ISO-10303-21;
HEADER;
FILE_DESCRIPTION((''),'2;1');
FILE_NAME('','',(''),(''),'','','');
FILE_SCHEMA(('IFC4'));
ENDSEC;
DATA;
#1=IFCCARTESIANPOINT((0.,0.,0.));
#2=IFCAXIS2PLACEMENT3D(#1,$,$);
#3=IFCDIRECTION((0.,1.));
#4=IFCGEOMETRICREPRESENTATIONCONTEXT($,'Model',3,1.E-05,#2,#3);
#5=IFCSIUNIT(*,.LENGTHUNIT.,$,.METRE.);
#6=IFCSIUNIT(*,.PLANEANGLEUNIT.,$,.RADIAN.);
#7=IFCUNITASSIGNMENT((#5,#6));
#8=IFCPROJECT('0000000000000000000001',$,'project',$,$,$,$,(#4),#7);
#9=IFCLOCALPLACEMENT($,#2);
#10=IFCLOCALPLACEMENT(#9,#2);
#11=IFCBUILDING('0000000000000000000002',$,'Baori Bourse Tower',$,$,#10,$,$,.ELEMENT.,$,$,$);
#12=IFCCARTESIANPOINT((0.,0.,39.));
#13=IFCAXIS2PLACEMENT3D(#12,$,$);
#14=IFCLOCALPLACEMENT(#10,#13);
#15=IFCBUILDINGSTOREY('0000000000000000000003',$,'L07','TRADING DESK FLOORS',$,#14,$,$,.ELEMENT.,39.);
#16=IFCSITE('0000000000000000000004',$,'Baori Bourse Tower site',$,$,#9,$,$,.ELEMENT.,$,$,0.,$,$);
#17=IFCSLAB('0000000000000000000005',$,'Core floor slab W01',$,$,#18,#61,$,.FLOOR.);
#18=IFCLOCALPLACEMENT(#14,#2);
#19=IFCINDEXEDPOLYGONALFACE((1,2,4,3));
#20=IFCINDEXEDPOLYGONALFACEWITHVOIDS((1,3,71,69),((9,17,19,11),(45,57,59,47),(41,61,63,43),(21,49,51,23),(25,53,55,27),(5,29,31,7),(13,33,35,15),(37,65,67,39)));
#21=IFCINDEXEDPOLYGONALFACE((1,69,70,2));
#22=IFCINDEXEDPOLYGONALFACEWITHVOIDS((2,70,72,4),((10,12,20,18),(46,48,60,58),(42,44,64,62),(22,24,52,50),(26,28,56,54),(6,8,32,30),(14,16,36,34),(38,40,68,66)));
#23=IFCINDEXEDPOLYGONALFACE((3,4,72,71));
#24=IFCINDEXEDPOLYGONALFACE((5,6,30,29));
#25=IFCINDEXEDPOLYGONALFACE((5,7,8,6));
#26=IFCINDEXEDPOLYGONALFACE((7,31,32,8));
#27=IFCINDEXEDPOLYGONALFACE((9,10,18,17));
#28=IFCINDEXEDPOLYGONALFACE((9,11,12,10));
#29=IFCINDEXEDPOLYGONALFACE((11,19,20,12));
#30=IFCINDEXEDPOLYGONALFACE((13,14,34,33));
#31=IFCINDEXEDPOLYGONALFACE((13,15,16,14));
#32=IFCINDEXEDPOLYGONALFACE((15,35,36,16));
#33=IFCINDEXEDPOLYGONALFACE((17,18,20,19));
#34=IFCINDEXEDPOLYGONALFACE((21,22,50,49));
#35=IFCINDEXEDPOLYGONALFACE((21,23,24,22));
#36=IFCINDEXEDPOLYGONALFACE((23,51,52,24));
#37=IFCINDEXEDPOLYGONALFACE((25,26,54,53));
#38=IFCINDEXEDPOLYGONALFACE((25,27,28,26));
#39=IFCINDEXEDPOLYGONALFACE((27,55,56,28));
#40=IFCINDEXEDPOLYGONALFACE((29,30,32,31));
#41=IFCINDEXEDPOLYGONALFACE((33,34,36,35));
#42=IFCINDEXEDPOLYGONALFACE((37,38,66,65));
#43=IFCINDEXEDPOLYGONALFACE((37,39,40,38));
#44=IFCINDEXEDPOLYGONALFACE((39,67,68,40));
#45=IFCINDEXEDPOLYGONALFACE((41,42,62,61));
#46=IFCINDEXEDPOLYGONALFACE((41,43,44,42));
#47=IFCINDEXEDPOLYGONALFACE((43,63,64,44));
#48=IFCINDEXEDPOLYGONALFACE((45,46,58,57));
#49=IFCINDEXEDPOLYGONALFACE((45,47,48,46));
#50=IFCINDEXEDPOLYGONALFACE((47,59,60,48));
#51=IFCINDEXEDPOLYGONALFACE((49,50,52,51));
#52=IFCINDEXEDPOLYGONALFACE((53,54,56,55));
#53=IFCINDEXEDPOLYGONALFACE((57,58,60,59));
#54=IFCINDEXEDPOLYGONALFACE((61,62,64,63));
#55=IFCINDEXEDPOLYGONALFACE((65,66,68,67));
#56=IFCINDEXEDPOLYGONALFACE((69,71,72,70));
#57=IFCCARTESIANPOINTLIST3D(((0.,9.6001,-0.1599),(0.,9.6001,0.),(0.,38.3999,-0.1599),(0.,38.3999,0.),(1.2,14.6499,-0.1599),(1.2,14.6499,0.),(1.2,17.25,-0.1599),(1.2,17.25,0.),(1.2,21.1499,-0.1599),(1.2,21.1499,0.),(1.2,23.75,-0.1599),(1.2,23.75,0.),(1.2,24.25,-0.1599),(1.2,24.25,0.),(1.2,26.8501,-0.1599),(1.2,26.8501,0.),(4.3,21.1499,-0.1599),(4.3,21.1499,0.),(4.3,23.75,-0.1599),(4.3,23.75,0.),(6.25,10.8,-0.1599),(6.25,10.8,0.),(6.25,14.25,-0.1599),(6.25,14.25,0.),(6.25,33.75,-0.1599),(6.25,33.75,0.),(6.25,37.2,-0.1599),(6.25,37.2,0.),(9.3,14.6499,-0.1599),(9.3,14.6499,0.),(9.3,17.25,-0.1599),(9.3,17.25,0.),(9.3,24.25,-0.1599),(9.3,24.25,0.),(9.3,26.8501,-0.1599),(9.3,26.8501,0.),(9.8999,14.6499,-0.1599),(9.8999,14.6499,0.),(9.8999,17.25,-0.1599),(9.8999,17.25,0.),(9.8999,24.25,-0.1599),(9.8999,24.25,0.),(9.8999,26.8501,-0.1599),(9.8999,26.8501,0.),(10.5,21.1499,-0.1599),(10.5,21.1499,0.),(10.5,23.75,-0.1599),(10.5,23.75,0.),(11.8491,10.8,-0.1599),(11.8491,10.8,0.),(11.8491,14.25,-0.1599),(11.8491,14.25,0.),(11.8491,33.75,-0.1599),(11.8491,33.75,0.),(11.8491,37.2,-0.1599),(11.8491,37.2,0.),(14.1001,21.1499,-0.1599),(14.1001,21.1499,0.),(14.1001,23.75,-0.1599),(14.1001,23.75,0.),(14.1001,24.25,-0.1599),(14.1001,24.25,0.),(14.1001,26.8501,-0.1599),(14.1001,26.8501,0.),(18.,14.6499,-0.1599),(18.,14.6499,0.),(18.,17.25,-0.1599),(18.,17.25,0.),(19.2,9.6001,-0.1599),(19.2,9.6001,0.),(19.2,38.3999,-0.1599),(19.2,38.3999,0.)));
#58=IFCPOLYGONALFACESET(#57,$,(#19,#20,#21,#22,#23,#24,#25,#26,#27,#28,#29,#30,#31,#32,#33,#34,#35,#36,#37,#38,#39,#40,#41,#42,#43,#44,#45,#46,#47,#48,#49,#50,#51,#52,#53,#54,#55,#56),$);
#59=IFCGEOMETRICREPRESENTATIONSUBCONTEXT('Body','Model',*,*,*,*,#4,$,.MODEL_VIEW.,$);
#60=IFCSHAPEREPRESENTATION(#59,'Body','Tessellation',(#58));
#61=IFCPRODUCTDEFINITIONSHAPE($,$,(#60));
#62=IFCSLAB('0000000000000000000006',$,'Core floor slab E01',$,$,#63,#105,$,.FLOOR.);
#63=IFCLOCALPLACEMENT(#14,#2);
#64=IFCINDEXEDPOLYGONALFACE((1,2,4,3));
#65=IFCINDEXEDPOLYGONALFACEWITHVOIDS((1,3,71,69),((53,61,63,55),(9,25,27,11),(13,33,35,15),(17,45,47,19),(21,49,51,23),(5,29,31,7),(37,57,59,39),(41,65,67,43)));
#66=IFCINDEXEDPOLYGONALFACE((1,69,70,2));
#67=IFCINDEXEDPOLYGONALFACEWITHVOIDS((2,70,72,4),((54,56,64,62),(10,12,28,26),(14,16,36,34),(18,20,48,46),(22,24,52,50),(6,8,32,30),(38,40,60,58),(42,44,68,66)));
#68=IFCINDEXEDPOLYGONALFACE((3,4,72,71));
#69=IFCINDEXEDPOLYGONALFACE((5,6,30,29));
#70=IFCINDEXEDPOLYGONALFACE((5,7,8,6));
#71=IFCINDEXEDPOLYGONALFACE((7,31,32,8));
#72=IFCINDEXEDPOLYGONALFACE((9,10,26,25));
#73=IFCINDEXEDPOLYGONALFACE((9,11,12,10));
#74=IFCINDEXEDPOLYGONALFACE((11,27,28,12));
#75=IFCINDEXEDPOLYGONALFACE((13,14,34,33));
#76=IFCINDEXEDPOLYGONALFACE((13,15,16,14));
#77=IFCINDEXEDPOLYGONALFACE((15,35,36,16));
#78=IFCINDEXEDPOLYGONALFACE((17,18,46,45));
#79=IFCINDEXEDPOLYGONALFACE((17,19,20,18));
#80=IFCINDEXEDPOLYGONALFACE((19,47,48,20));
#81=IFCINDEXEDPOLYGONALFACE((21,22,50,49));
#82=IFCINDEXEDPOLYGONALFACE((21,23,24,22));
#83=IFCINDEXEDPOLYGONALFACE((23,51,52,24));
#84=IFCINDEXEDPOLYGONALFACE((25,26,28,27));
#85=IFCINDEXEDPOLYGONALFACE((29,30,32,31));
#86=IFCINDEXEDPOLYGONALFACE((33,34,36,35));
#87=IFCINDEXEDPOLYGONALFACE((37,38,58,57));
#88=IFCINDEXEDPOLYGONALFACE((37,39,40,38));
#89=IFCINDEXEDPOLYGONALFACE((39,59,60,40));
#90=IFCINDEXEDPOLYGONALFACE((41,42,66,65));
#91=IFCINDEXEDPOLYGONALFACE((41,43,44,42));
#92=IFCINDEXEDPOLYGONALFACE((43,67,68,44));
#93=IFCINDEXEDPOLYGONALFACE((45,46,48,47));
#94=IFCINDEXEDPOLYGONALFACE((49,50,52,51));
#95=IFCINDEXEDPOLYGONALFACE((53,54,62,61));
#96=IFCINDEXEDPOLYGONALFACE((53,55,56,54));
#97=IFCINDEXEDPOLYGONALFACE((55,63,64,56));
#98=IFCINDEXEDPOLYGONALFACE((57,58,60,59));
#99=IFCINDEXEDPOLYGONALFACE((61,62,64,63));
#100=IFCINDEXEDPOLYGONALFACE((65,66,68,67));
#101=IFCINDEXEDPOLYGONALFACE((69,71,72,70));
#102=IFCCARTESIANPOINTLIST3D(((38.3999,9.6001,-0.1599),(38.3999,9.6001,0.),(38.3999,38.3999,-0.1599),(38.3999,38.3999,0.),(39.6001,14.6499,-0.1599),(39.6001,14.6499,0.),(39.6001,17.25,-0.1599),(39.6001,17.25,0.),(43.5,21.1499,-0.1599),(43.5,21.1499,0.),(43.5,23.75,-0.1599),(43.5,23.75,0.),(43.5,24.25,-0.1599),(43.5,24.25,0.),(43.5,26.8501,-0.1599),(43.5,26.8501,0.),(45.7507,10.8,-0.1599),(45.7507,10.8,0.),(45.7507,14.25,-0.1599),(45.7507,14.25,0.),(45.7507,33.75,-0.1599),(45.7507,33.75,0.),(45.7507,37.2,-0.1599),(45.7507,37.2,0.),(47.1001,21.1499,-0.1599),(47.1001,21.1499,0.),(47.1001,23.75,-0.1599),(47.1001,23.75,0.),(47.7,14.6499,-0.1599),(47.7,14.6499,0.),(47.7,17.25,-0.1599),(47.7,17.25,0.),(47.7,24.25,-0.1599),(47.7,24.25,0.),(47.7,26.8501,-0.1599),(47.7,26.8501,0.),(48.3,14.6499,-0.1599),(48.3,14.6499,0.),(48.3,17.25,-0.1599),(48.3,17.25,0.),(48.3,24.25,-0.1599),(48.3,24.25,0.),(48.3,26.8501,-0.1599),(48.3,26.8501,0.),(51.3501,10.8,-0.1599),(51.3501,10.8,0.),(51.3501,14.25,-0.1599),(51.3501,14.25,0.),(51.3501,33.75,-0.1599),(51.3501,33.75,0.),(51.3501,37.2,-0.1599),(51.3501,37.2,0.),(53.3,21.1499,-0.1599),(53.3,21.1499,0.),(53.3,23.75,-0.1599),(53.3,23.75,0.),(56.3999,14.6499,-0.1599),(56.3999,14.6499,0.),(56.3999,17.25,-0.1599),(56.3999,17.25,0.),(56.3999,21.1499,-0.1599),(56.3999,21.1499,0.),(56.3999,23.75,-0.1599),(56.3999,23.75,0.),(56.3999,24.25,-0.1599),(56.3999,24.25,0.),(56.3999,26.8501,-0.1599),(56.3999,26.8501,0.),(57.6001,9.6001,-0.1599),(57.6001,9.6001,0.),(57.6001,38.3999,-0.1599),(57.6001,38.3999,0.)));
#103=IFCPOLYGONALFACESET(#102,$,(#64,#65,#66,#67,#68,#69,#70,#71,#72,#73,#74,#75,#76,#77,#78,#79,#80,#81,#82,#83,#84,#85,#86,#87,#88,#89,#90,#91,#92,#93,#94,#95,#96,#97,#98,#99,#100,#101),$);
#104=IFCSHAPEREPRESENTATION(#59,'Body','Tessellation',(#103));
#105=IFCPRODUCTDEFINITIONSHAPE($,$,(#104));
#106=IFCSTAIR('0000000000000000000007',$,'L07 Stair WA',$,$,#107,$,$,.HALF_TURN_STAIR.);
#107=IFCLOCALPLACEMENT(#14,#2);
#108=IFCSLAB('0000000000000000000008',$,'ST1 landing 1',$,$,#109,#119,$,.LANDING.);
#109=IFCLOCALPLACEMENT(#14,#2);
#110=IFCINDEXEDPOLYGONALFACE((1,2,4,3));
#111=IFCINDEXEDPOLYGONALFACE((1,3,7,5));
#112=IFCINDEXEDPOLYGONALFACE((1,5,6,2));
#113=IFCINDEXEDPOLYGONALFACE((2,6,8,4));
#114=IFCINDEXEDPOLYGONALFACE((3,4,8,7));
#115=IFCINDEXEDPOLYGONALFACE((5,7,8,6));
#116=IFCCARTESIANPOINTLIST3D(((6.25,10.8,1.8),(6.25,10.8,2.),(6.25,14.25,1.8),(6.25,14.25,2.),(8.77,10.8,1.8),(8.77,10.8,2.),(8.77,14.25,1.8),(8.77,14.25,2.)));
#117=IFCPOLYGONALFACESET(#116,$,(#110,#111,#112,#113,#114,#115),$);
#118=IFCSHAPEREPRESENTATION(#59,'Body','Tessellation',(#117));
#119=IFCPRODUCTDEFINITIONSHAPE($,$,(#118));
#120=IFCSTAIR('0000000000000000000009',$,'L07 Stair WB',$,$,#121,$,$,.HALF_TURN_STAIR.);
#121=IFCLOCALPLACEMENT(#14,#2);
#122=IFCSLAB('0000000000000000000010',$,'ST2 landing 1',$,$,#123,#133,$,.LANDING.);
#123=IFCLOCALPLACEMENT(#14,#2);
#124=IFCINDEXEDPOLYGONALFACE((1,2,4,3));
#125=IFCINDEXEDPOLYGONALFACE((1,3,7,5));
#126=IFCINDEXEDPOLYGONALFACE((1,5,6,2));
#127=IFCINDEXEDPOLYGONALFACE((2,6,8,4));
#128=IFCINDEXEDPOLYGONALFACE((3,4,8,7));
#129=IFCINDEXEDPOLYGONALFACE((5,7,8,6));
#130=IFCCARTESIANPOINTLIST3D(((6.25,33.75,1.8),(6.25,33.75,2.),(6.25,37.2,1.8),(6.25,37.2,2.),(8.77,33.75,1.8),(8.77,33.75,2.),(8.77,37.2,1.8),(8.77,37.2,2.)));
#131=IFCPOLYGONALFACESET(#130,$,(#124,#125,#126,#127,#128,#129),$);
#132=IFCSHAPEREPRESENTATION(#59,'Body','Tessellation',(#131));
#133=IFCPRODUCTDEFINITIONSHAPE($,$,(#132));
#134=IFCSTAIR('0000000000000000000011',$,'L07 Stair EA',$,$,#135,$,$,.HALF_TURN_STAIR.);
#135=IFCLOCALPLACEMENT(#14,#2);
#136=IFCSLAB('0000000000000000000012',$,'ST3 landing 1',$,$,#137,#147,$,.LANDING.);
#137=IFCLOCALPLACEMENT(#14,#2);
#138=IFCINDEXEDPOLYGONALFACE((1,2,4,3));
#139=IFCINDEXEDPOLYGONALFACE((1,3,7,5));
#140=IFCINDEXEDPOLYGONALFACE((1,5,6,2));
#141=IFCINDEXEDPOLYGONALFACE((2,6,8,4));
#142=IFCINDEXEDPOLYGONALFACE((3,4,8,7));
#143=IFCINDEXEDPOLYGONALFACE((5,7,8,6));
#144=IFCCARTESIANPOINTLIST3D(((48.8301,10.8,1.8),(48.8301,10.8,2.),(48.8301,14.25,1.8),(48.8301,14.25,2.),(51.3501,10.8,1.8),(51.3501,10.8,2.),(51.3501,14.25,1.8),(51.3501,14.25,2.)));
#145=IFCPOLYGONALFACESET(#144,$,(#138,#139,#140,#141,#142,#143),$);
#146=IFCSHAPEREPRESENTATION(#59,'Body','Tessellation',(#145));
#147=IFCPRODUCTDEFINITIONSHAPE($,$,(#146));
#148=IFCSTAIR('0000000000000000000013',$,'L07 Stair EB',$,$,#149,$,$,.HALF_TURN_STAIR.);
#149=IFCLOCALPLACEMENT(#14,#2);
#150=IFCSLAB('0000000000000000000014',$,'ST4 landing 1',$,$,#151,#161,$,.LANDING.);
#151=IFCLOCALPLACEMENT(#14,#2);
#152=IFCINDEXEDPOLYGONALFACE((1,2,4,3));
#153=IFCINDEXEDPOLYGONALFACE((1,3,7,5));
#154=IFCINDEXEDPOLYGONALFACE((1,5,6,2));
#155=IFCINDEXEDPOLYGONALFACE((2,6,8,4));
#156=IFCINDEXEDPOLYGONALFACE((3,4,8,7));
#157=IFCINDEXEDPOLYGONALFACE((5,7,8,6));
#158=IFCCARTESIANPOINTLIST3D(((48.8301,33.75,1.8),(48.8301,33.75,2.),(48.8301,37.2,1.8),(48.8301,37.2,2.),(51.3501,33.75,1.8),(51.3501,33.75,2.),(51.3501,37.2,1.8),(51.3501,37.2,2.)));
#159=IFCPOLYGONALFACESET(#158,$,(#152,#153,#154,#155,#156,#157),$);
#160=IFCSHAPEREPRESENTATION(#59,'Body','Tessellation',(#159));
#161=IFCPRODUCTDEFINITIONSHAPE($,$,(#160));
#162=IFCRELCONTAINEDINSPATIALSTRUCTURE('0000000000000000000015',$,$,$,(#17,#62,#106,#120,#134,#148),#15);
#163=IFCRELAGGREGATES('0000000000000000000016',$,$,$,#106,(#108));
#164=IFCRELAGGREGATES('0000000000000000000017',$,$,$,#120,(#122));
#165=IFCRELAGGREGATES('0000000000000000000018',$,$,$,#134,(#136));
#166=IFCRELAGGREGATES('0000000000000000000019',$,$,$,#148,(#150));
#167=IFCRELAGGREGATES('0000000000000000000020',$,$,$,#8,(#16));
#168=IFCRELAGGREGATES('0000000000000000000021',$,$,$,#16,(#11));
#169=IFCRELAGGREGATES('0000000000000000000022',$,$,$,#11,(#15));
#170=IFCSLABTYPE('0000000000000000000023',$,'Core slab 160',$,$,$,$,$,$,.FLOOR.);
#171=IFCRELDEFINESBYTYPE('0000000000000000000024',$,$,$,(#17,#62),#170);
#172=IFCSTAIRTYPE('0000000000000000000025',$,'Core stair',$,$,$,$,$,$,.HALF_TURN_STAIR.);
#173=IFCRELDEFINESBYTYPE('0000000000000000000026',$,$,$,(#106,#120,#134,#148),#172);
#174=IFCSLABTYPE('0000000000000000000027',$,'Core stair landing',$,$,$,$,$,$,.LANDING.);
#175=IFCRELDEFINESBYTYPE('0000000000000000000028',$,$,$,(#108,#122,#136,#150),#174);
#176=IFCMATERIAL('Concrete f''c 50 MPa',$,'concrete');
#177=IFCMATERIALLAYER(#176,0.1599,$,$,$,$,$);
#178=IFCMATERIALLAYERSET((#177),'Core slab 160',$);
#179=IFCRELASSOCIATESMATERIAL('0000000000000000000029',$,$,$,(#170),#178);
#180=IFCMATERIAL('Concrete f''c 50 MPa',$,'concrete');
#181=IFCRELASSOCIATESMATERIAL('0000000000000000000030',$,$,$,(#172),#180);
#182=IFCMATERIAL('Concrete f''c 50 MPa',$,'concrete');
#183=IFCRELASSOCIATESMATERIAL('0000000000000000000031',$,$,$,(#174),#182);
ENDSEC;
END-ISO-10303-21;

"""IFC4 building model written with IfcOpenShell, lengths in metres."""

from ifc_helpers import new_model, si_unit, direction, frame, origin, place, context, subcontext, project, spatial, polyline, outline, extrude, material, layer, layer_set, type_object, element, aggregate, save


model = new_model("IFC4")

# Units and contexts
model_context = context("Model", 3, precision=1e-05, world=origin(), true_north=direction((0.0, 1.0)))
body_context = subcontext(model_context, "Body", "Model", "MODEL_VIEW")
ifc_project = project(units=[si_unit("LENGTHUNIT", "METRE"), si_unit("PLANEANGLEUNIT", "RADIAN")], contexts=[model_context])

# Site, building, storey
site_placement = place(None, origin())
site = spatial("IfcSite", under=ifc_project, at=site_placement, Name="Baori Bourse Tower site", CompositionType="ELEMENT", RefElevation=0.0)
building_placement = place(site_placement, origin())
building = spatial("IfcBuilding", under=site, at=building_placement, Name="Baori Bourse Tower", CompositionType="ELEMENT")
storey_placement = place(building_placement, frame((0.0, 0.0, 39.0)))
storey = spatial("IfcBuildingStorey", under=building, at=storey_placement, Name="L07", Description="TRADING DESK FLOORS", CompositionType="ELEMENT", Elevation=39.0)

# Slabs
ifc_material_1 = material(Name="Concrete f'c 50 MPa", Category="concrete")
ifc_layer_1 = layer(ifc_material_1, 0.1599)
ifc_layer_set_1 = layer_set([ifc_layer_1], Name="Core slab 160")
slab_type_1 = type_object("IfcSlabType", Name="Core slab 160", PredefinedType="FLOOR", material=ifc_layer_set_1)
slab_1_placement = place(storey_placement, frame((0.0, 0.0, -0.1599)))
element("IfcSlab", 1, at=slab_1_placement, inside=storey, type_object=slab_type_1, Name="Core floor slab W01", PredefinedType="FLOOR", context=body_context, shape_type="SweptSolid", body=[
    extrude(outline(polyline([(19.2, 9.6001), (19.2, 38.3999), (0.0, 38.3999), (0.0, 9.6001), (19.2, 9.6001)]), holes=[polyline([(9.8999, 14.6499), (9.8999, 17.25), (18.0, 17.25), (18.0, 14.6499), (9.8999, 14.6499)]), polyline([(10.5, 21.1499), (10.5, 23.75), (14.1001, 23.75), (14.1001, 21.1499), (10.5, 21.1499)]), polyline([(14.1001, 24.25), (9.8999, 24.25), (9.8999, 26.8501), (14.1001, 26.8501), (14.1001, 24.25)]), polyline([(6.25, 14.25), (11.8491, 14.25), (11.8491, 10.8), (6.25, 10.8), (6.25, 14.25)]), polyline([(11.8491, 37.2), (11.8491, 33.75), (6.25, 33.75), (6.25, 37.2), (11.8491, 37.2)]), polyline([(1.2, 26.8501), (9.3, 26.8501), (9.3, 24.25), (1.2, 24.25), (1.2, 26.8501)]), polyline([(9.3, 14.6499), (1.2, 14.6499), (1.2, 17.25), (9.3, 17.25), (9.3, 14.6499)]), polyline([(4.3, 23.75), (4.3, 21.1499), (1.2, 21.1499), (1.2, 23.75), (4.3, 23.75)])]), origin(), (0.0, 0.0, 1.0), 0.1599),
])
slab_2_placement = place(storey_placement, frame((0.0, 0.0, -0.1599)))
element("IfcSlab", 2, at=slab_2_placement, inside=storey, type_object=slab_type_1, Name="Core floor slab E01", PredefinedType="FLOOR", context=body_context, shape_type="SweptSolid", body=[
    extrude(outline(polyline([(38.3999, 9.6001), (57.6001, 9.6001), (57.6001, 38.3999), (38.3999, 38.3999), (38.3999, 9.6001)]), holes=[polyline([(48.3, 14.6499), (48.3, 17.25), (56.3999, 17.25), (56.3999, 14.6499), (48.3, 14.6499)]), polyline([(56.3999, 21.1499), (53.3, 21.1499), (53.3, 23.75), (56.3999, 23.75), (56.3999, 21.1499)]), polyline([(56.3999, 26.8501), (56.3999, 24.25), (48.3, 24.25), (48.3, 26.8501), (56.3999, 26.8501)]), polyline([(45.7507, 14.25), (51.3501, 14.25), (51.3501, 10.8), (45.7507, 10.8), (45.7507, 14.25)]), polyline([(51.3501, 37.2), (51.3501, 33.75), (45.7507, 33.75), (45.7507, 37.2), (51.3501, 37.2)]), polyline([(39.6001, 17.25), (47.7, 17.25), (47.7, 14.6499), (39.6001, 14.6499), (39.6001, 17.25)]), polyline([(43.5, 24.25), (43.5, 26.8501), (47.7, 26.8501), (47.7, 24.25), (43.5, 24.25)]), polyline([(43.5, 23.75), (47.1001, 23.75), (47.1001, 21.1499), (43.5, 21.1499), (43.5, 23.75)])]), origin(), (0.0, 0.0, 1.0), 0.1599),
])

# Stairs, slabs
ifc_material_2 = material(Name="Concrete f'c 50 MPa", Category="concrete")
stair_type = type_object("IfcStairType", Name="Core stair", PredefinedType="HALF_TURN_STAIR", material=ifc_material_2)
stair_1_placement = place(storey_placement, origin())
stair_1 = element("IfcStair", 3, at=stair_1_placement, inside=storey, type_object=stair_type, Name="L07 Stair WA", PredefinedType="HALF_TURN_STAIR")
ifc_material_3 = material(Name="Concrete f'c 50 MPa", Category="concrete")
slab_type_2 = type_object("IfcSlabType", Name="Core stair landing", PredefinedType="LANDING", material=ifc_material_3)
slab_3_placement = place(storey_placement, frame((0.0, 0.0, 1.8)))
slab_3 = element("IfcSlab", 4, at=slab_3_placement, type_object=slab_type_2, Name="ST1 landing 1", PredefinedType="LANDING", context=body_context, shape_type="SweptSolid", body=[
    extrude(outline(polyline([(8.77, 14.25), (6.25, 14.25), (6.25, 10.8), (8.77, 10.8), (8.77, 14.25)])), origin(), (0.0, 0.0, 1.0), 0.2),
])
aggregate(stair_1, [slab_3])
stair_2_placement = place(storey_placement, origin())
stair_2 = element("IfcStair", 5, at=stair_2_placement, inside=storey, type_object=stair_type, Name="L07 Stair WB", PredefinedType="HALF_TURN_STAIR")
slab_4_placement = place(storey_placement, frame((0.0, 0.0, 1.8)))
slab_4 = element("IfcSlab", 6, at=slab_4_placement, type_object=slab_type_2, Name="ST2 landing 1", PredefinedType="LANDING", context=body_context, shape_type="SweptSolid", body=[
    extrude(outline(polyline([(8.77, 37.2), (6.25, 37.2), (6.25, 33.75), (8.77, 33.75), (8.77, 37.2)])), origin(), (0.0, 0.0, 1.0), 0.2),
])
aggregate(stair_2, [slab_4])
stair_3_placement = place(storey_placement, origin())
stair_3 = element("IfcStair", 7, at=stair_3_placement, inside=storey, type_object=stair_type, Name="L07 Stair EA", PredefinedType="HALF_TURN_STAIR")
slab_5_placement = place(storey_placement, frame((0.0, 0.0, 1.8)))
slab_5 = element("IfcSlab", 8, at=slab_5_placement, type_object=slab_type_2, Name="ST3 landing 1", PredefinedType="LANDING", context=body_context, shape_type="SweptSolid", body=[
    extrude(outline(polyline([(48.8301, 10.8), (51.3501, 10.8), (51.3501, 14.25), (48.8301, 14.25), (48.8301, 10.8)])), origin(), (0.0, 0.0, 1.0), 0.2),
])
aggregate(stair_3, [slab_5])
stair_4_placement = place(storey_placement, origin())
stair_4 = element("IfcStair", 9, at=stair_4_placement, inside=storey, type_object=stair_type, Name="L07 Stair EB", PredefinedType="HALF_TURN_STAIR")
slab_6_placement = place(storey_placement, frame((0.0, 0.0, 1.8)))
slab_6 = element("IfcSlab", 10, at=slab_6_placement, type_object=slab_type_2, Name="ST4 landing 1", PredefinedType="LANDING", context=body_context, shape_type="SweptSolid", body=[
    extrude(outline(polyline([(48.8301, 33.75), (51.3501, 33.75), (51.3501, 37.2), (48.8301, 37.2), (48.8301, 33.75)])), origin(), (0.0, 0.0, 1.0), 0.2),
])
aggregate(stair_4, [slab_6])

save(model, "model.ifc")
